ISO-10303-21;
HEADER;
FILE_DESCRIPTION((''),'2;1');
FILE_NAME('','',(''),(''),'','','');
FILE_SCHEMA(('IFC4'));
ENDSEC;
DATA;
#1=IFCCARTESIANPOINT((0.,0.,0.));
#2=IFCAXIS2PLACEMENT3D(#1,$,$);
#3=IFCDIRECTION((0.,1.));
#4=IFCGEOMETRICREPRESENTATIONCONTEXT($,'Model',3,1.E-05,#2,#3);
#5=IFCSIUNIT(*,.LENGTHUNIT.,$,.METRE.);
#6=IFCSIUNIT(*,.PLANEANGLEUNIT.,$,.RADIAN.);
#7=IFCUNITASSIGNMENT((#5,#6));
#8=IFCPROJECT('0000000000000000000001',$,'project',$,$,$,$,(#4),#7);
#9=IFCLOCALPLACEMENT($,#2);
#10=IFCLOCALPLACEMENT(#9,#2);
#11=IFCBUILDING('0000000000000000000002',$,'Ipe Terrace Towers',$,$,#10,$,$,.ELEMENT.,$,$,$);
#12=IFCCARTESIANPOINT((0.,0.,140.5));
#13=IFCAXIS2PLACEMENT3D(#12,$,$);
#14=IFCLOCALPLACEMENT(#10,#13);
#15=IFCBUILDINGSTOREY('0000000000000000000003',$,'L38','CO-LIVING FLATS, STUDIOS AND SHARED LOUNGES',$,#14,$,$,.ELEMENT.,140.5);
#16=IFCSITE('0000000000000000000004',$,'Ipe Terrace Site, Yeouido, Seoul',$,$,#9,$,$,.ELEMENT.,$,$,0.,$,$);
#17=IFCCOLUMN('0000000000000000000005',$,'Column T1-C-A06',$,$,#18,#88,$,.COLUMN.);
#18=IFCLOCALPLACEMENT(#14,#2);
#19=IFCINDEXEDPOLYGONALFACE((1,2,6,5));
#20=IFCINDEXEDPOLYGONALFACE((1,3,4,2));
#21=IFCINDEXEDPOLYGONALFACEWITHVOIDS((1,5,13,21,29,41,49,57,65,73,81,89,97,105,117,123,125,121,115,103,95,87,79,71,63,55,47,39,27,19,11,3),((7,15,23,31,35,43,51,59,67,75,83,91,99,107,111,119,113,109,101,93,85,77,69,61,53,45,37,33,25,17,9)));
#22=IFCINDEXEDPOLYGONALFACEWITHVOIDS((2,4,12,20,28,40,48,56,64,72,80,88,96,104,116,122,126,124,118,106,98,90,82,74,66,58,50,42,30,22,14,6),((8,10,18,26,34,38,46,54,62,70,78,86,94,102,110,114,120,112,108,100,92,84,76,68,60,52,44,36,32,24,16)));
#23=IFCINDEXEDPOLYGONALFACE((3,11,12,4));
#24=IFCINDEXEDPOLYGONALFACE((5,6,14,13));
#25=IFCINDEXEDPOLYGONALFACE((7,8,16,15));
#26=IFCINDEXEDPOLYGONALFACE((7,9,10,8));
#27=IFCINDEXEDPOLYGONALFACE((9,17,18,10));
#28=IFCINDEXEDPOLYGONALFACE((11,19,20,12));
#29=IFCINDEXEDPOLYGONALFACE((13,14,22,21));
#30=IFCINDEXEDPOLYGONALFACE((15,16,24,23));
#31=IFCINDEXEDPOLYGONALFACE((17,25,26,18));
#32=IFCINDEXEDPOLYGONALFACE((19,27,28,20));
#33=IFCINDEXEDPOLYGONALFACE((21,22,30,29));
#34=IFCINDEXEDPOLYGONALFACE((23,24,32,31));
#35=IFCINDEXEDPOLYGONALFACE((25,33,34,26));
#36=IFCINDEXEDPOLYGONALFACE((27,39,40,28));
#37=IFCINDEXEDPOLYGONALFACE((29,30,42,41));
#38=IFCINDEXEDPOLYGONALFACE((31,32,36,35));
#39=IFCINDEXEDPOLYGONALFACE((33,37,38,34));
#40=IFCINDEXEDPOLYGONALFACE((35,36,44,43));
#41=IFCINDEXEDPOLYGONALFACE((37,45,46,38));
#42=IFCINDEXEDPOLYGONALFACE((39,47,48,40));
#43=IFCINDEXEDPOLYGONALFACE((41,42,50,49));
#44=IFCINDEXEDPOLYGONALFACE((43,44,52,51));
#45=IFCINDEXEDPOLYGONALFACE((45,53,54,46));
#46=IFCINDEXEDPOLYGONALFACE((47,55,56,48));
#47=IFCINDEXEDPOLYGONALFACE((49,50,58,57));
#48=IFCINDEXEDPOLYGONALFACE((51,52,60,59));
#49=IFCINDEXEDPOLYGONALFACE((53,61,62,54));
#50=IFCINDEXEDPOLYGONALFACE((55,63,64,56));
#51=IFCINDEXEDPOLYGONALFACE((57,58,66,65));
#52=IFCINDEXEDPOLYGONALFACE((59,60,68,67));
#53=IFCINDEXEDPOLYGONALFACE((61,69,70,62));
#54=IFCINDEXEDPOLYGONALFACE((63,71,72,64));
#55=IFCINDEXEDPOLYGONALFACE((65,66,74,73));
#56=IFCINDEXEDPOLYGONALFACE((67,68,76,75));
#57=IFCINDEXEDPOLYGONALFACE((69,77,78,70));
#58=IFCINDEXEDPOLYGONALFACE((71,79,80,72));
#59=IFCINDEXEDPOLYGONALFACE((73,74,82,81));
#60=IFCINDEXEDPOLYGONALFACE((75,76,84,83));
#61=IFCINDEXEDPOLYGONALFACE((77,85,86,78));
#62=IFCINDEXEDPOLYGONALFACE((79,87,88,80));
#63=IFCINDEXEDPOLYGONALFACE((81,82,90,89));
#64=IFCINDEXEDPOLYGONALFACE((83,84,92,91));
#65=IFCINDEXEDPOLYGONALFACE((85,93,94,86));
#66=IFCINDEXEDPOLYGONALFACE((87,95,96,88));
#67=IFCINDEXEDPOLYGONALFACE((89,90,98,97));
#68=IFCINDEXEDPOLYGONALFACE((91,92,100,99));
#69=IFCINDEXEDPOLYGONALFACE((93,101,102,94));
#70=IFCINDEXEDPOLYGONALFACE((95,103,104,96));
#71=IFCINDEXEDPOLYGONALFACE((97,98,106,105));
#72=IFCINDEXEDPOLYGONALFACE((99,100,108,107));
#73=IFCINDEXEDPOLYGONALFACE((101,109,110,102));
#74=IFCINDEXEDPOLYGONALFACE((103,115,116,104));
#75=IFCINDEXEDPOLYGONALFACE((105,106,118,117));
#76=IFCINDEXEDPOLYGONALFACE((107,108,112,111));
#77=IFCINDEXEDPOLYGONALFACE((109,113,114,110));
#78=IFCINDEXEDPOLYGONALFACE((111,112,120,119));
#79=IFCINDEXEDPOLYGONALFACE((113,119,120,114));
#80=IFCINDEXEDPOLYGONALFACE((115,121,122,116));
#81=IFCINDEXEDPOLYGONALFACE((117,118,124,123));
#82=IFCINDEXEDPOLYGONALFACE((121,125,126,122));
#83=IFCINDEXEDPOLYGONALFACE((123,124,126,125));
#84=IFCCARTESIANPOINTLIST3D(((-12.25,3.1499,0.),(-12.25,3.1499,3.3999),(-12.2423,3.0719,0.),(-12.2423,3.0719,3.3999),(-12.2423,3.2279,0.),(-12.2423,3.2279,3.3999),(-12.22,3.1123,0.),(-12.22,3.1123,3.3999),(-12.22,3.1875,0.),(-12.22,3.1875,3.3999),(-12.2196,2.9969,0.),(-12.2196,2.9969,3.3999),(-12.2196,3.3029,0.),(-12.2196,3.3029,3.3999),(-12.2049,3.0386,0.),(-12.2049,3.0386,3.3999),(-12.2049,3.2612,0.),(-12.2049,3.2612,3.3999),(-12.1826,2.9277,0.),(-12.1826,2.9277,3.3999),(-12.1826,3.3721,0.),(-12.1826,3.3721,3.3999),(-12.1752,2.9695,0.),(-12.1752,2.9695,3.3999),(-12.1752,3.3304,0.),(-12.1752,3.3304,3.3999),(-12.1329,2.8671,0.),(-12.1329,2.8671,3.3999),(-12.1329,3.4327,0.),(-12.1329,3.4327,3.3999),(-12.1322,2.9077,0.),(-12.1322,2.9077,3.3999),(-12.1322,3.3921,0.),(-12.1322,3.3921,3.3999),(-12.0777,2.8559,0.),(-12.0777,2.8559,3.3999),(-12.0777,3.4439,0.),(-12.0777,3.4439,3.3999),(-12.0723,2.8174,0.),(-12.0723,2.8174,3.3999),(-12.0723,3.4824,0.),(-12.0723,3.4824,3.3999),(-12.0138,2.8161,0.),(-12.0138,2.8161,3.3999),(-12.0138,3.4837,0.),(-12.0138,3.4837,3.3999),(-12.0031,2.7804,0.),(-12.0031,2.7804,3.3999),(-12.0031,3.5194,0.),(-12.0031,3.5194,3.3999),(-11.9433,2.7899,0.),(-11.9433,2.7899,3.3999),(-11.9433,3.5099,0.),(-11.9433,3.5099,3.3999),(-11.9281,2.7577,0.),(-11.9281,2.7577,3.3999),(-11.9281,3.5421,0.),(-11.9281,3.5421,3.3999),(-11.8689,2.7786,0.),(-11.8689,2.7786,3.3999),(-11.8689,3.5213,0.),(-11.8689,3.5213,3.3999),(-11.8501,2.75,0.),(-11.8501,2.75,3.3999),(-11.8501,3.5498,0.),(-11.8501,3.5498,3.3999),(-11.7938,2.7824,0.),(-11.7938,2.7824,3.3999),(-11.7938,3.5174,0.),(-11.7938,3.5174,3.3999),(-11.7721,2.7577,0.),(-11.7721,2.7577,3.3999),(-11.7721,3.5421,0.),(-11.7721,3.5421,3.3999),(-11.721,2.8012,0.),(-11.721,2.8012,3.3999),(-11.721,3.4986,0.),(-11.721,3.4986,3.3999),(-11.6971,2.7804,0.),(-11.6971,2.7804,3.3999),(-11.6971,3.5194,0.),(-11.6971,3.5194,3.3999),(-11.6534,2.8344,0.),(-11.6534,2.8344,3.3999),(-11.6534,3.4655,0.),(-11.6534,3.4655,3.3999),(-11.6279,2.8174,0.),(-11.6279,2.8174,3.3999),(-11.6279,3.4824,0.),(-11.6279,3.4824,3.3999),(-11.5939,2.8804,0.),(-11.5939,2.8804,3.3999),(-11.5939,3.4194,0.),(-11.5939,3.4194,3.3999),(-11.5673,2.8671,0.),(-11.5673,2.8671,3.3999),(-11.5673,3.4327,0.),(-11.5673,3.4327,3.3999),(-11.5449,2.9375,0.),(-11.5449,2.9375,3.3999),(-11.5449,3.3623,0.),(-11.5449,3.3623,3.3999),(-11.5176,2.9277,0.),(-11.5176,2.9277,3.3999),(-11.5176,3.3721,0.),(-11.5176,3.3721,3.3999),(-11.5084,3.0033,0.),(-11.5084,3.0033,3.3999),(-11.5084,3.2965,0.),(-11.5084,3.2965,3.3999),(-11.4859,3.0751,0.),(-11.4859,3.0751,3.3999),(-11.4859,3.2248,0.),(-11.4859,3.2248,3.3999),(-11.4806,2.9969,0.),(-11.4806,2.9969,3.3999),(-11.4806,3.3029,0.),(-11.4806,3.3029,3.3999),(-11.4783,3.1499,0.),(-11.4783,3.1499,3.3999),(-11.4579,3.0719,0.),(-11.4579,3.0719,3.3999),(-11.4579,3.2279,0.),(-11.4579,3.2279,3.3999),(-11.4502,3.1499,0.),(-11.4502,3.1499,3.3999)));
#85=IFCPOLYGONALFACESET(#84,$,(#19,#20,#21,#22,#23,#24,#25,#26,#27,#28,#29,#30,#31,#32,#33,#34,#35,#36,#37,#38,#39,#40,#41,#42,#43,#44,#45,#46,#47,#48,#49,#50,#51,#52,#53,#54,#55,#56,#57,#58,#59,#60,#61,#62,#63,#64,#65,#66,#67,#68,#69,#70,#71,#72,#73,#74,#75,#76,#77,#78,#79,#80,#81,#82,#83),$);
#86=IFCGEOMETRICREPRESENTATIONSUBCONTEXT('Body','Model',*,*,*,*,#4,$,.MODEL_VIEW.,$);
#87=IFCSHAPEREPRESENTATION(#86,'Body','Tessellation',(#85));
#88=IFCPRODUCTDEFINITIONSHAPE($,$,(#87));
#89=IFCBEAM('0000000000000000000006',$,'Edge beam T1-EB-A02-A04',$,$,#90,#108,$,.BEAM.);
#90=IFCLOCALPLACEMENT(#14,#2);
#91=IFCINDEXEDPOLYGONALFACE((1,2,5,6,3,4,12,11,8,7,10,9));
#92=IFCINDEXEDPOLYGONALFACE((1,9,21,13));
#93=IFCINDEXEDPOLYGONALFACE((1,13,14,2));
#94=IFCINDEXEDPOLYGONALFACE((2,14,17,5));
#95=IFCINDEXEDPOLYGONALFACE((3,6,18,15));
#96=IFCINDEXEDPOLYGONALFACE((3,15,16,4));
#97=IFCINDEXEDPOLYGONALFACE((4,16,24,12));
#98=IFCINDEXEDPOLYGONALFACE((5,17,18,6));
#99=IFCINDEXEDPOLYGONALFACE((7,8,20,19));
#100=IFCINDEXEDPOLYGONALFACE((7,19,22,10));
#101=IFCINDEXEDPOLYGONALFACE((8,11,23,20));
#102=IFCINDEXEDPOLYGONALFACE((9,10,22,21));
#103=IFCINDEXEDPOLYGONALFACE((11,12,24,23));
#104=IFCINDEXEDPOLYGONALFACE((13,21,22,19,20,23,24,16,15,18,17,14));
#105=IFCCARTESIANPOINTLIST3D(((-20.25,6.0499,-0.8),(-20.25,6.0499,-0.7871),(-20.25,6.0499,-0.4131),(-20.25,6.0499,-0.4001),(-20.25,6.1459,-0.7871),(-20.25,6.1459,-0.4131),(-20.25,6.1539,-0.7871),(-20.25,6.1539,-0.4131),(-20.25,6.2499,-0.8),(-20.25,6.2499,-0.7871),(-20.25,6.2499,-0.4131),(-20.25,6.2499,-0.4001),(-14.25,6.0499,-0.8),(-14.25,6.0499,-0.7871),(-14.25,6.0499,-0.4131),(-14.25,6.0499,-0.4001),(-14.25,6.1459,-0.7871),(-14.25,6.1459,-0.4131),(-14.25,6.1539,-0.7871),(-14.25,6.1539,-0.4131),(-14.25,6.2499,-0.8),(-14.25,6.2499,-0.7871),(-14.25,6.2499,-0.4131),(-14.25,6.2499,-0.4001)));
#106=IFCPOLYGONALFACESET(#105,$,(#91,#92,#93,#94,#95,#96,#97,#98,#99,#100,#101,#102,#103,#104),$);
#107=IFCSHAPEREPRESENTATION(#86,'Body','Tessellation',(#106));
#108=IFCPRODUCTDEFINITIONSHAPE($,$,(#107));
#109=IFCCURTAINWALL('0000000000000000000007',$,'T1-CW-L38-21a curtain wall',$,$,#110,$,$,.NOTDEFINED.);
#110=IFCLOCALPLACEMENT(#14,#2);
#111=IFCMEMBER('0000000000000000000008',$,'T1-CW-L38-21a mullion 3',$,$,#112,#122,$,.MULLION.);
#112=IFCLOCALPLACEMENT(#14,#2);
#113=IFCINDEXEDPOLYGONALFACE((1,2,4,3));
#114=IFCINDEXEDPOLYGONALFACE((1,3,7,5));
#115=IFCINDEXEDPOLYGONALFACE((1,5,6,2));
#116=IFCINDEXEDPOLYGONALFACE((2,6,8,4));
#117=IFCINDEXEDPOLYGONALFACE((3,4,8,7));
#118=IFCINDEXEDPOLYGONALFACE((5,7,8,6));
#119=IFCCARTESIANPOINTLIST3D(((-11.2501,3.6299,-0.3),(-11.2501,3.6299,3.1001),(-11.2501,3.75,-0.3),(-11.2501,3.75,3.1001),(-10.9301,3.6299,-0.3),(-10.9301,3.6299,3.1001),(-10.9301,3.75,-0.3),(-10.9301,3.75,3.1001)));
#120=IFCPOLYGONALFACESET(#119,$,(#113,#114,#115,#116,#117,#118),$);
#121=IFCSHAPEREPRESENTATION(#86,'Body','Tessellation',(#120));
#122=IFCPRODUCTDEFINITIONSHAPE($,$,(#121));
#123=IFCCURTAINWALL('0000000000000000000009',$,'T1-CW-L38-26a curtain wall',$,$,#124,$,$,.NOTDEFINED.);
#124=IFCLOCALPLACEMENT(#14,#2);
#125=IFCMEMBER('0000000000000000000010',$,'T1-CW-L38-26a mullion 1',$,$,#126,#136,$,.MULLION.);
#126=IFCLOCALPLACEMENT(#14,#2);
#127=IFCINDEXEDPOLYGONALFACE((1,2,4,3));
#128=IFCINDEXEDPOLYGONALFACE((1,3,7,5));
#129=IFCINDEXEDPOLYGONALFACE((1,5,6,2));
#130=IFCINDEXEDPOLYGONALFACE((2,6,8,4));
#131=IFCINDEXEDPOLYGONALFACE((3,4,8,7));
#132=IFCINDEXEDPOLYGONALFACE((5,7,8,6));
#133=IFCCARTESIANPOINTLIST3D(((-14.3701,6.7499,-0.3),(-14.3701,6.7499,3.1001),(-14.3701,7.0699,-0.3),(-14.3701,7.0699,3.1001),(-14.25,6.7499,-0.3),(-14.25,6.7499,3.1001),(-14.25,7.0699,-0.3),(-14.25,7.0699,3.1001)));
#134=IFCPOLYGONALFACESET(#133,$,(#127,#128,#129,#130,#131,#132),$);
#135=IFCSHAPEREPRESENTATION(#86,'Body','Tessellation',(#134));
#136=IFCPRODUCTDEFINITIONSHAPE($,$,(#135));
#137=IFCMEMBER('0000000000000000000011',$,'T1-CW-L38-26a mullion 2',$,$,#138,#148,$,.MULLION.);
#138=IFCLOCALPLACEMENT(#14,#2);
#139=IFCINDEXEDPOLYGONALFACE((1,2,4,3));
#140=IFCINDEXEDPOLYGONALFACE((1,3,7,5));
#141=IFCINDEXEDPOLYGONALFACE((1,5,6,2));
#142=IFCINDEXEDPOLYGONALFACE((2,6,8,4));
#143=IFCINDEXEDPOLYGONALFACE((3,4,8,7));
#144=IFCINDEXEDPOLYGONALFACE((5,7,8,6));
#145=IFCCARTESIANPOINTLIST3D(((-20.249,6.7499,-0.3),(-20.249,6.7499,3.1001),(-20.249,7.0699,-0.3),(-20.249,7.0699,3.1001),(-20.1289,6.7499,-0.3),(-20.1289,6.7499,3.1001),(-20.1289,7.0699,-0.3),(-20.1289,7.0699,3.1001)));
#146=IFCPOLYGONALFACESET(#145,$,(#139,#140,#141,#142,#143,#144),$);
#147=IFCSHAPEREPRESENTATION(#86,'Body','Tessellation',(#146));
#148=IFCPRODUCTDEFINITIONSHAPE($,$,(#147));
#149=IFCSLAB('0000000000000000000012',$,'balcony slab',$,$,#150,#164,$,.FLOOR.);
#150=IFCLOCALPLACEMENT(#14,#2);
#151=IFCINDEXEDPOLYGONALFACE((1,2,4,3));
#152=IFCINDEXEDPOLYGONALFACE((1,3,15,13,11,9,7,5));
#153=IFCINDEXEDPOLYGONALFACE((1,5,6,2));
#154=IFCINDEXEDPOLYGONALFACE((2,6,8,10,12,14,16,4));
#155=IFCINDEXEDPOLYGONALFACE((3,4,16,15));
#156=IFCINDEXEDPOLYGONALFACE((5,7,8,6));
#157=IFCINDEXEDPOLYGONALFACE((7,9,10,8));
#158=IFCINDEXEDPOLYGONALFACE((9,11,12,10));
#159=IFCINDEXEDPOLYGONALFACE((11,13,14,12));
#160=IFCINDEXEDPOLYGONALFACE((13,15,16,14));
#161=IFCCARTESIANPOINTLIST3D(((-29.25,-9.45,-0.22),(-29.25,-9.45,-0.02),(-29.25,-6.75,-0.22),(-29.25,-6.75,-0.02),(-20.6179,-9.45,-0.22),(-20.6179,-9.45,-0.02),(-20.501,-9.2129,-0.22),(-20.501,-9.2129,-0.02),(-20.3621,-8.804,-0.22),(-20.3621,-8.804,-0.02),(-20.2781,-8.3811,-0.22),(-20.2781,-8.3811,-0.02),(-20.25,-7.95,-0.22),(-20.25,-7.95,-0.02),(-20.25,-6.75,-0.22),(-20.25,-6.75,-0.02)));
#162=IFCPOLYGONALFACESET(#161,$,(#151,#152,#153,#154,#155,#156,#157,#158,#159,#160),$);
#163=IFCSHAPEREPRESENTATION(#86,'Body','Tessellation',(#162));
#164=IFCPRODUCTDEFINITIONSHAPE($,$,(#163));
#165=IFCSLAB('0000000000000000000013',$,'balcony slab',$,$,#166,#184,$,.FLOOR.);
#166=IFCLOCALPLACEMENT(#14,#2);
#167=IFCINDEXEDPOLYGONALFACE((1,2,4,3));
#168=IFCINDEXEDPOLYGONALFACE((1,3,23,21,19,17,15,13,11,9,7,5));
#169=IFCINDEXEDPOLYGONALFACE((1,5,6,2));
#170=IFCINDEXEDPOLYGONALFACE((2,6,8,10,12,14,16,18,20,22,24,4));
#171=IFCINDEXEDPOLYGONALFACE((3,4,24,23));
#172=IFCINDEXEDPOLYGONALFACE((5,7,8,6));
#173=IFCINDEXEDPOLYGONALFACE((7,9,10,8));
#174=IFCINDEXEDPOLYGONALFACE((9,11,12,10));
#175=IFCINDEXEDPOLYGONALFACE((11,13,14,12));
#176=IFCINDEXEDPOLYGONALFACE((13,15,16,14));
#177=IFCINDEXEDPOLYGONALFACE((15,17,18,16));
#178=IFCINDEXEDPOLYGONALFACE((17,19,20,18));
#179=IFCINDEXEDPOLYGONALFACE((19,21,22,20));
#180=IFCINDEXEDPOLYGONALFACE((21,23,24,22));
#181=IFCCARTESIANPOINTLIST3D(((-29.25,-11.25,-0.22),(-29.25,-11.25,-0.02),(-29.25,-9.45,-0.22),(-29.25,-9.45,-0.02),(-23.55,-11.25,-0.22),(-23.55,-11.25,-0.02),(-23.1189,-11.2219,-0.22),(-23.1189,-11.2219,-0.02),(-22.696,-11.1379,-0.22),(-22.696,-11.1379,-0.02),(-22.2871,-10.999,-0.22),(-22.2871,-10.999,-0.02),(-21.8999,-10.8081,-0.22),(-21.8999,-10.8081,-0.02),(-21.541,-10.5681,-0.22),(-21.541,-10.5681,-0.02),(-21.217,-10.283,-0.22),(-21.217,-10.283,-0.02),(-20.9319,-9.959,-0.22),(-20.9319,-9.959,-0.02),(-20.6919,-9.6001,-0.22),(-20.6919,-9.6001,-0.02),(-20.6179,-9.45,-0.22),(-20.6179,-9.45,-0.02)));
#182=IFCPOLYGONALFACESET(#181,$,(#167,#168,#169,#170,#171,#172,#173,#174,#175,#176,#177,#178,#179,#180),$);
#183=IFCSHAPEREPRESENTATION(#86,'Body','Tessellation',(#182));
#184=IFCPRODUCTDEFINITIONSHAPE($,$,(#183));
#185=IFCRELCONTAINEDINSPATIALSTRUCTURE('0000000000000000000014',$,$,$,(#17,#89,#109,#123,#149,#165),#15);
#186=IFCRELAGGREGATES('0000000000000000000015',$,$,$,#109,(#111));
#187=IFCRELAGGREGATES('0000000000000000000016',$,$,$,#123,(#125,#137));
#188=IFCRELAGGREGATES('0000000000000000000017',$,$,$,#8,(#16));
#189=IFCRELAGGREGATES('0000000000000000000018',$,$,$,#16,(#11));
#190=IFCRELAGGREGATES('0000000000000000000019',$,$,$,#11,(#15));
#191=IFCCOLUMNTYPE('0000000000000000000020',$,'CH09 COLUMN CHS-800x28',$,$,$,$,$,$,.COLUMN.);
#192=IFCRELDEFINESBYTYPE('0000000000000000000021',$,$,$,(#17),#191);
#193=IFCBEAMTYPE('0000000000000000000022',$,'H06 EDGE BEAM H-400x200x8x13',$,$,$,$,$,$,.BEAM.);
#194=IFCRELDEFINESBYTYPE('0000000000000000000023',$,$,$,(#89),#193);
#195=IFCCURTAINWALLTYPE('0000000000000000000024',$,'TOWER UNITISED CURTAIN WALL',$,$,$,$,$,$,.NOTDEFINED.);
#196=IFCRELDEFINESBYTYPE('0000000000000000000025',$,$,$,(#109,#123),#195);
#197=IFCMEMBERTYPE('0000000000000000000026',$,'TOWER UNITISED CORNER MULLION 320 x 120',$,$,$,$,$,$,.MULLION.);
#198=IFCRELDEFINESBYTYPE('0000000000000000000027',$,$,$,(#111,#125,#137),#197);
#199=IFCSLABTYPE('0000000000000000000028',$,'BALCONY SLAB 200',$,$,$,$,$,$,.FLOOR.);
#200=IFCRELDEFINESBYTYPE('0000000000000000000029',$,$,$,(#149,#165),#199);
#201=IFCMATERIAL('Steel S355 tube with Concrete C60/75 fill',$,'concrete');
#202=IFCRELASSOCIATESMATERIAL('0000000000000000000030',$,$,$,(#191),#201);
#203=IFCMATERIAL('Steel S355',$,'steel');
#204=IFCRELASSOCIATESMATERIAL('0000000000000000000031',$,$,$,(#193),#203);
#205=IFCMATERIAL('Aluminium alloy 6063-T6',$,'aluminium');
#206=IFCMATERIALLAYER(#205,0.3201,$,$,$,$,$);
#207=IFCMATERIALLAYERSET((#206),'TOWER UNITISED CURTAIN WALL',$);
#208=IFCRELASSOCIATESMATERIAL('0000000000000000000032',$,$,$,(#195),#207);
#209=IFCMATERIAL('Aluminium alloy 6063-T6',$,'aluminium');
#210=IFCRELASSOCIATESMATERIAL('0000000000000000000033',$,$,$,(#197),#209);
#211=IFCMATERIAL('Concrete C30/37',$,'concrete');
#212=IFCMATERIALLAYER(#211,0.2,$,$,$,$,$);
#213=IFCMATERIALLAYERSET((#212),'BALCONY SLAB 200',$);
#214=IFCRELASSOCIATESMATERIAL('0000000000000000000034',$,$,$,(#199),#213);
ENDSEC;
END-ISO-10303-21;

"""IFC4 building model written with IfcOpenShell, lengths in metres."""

from ifc_helpers import new_model, si_unit, direction, frame, origin, origin_2d, place, context, subcontext, project, spatial, polyline, rectangle, hollow_circle, i_section, outline, extrude, material, layer, layer_set, material_profile, profile_set, type_object, element, aggregate, save


model = new_model("IFC4")

# Units and contexts
model_context = context("Model", 3, precision=1e-05, world=origin(), true_north=direction((0.0, 1.0)))
body_context = subcontext(model_context, "Body", "Model", "MODEL_VIEW")
ifc_project = project(units=[si_unit("LENGTHUNIT", "METRE"), si_unit("PLANEANGLEUNIT", "RADIAN")], contexts=[model_context])

# Site, building, storey
site_placement = place(None, origin())
site = spatial("IfcSite", under=ifc_project, at=site_placement, Name="Ipe Terrace Site, Yeouido, Seoul", CompositionType="ELEMENT", RefElevation=0.0)
building_placement = place(site_placement, origin())
building = spatial("IfcBuilding", under=site, at=building_placement, Name="Ipe Terrace Towers", CompositionType="ELEMENT")
storey_placement = place(building_placement, frame((0.0, 0.0, 140.5)))
storey = spatial("IfcBuildingStorey", under=building, at=storey_placement, Name="L38", Description="CO-LIVING FLATS, STUDIOS AND SHARED LOUNGES", CompositionType="ELEMENT", Elevation=140.5)

# Column
ifc_material_1 = material(Name="Steel S355 tube with Concrete C60/75 fill", Category="concrete")
ifc_material_profile_1 = material_profile(ifc_material_1, hollow_circle(Radius=0.3999, WallThickness=0.0281, at=origin_2d()), Name="CHS-800x28")
ifc_profile_set_1 = profile_set([ifc_material_profile_1], Name="Steel S355 tube with Concrete C60/75 fill")
column_type = type_object("IfcColumnType", Name="CH09 COLUMN CHS-800x28", PredefinedType="COLUMN", material=ifc_profile_set_1)
for number, where, z_axis, x_axis, name in (
    (1, (-11.8501, 3.1499, 0.0), (0.0, 0.0, 1.0), (1.0, 0.0, 0.0), "Column T1-C-A06"),
):
    element("IfcColumn", number, at=place(storey_placement, frame(where, z_axis=z_axis, x_axis=x_axis)), inside=storey, type_object=column_type, Name=name, PredefinedType="COLUMN", context=body_context, shape_type="SweptSolid", body=[
        extrude(hollow_circle(Radius=0.3999, WallThickness=0.0281, at=origin_2d()), origin(), (0.0, 0.0, 1.0), 3.3999),
    ])

# Beam
ifc_material_2 = material(Name="Steel S355", Category="steel")
ifc_material_profile_2 = material_profile(ifc_material_2, i_section(OverallWidth=0.2, OverallDepth=0.3999, WebThickness=0.0081, FlangeThickness=0.0129, at=origin_2d()), Name="H-400x200x8x13")
ifc_profile_set_2 = profile_set([ifc_material_profile_2], Name="Steel S355")
beam_type = type_object("IfcBeamType", Name="H06 EDGE BEAM H-400x200x8x13", PredefinedType="BEAM", material=ifc_profile_set_2)
beam_placement = place(storey_placement, frame((-20.25, 6.1499, -0.6001), z_axis=(1.0, 0.0, 0.0), x_axis=(0.0, 1.0, 0.0)))
element("IfcBeam", 2, at=beam_placement, inside=storey, type_object=beam_type, Name="Edge beam T1-EB-A02-A04", PredefinedType="BEAM", context=body_context, shape_type="SweptSolid", body=[
    extrude(i_section(OverallWidth=0.2, OverallDepth=0.3999, WebThickness=0.0081, FlangeThickness=0.0129, at=origin_2d()), origin(), (0.0, 0.0, 1.0), 6.0),
])

# Curtain wall, member
ifc_material_3 = material(Name="Aluminium alloy 6063-T6", Category="aluminium")
ifc_layer_1 = layer(ifc_material_3, 0.3201)
ifc_layer_set_1 = layer_set([ifc_layer_1], Name="TOWER UNITISED CURTAIN WALL")
curtain_wall_type = type_object("IfcCurtainWallType", Name="TOWER UNITISED CURTAIN WALL", PredefinedType="NOTDEFINED", material=ifc_layer_set_1)
curtain_wall_1_placement = place(storey_placement, origin())
curtain_wall_1 = element("IfcCurtainWall", 3, at=curtain_wall_1_placement, inside=storey, type_object=curtain_wall_type, Name="T1-CW-L38-21a curtain wall", PredefinedType="NOTDEFINED")
ifc_material_4 = material(Name="Aluminium alloy 6063-T6", Category="aluminium")
ifc_material_profile_3 = material_profile(ifc_material_4, rectangle(XDim=0.3201, YDim=0.1201, at=origin_2d()), Name="TOWER UNITISED CORNER MULLION 320 x 120")
ifc_profile_set_3 = profile_set([ifc_material_profile_3], Name="Aluminium alloy 6063-T6")
member_type = type_object("IfcMemberType", Name="TOWER UNITISED CORNER MULLION 320 x 120", PredefinedType="MULLION", material=ifc_profile_set_3)
member_1_placement = place(storey_placement, frame((-11.0901, 3.6899, -0.3), z_axis=(0.0, 0.0, 1.0), x_axis=(1.0, 0.0, 0.0)))
member_1 = element("IfcMember", 4, at=member_1_placement, type_object=member_type, Name="T1-CW-L38-21a mullion 3", PredefinedType="MULLION", context=body_context, shape_type="SweptSolid", body=[
    extrude(rectangle(XDim=0.3201, YDim=0.1201, at=origin_2d()), origin(), (0.0, 0.0, 1.0), 3.4001),
])

# Curtain wall, members
curtain_wall_2_placement = place(storey_placement, origin())
curtain_wall_2 = element("IfcCurtainWall", 5, at=curtain_wall_2_placement, inside=storey, type_object=curtain_wall_type, Name="T1-CW-L38-26a curtain wall", PredefinedType="NOTDEFINED")
member_2_placement = place(storey_placement, frame((-14.3101, 6.9099, -0.3), z_axis=(0.0, 0.0, 1.0), x_axis=(0.0, 1.0, 0.0)))
member_2 = element("IfcMember", 6, at=member_2_placement, type_object=member_type, Name="T1-CW-L38-26a mullion 1", PredefinedType="MULLION", context=body_context, shape_type="SweptSolid", body=[
    extrude(rectangle(XDim=0.3201, YDim=0.1201, at=origin_2d()), origin(), (0.0, 0.0, 1.0), 3.4001),
])
member_3_placement = place(storey_placement, frame((-20.189, 6.9099, -0.3), z_axis=(0.0, 0.0, 1.0), x_axis=(0.0, 1.0, 0.0)))
member_3 = element("IfcMember", 7, at=member_3_placement, type_object=member_type, Name="T1-CW-L38-26a mullion 2", PredefinedType="MULLION", context=body_context, shape_type="SweptSolid", body=[
    extrude(rectangle(XDim=0.3201, YDim=0.1201, at=origin_2d()), origin(), (0.0, 0.0, 1.0), 3.4001),
])

# Slabs
ifc_material_5 = material(Name="Concrete C30/37", Category="concrete")
ifc_layer_2 = layer(ifc_material_5, 0.2)
ifc_layer_set_2 = layer_set([ifc_layer_2], Name="BALCONY SLAB 200")
slab_type_1 = type_object("IfcSlabType", Name="BALCONY SLAB 200", PredefinedType="FLOOR", material=ifc_layer_set_2)
slab_1_placement = place(storey_placement, frame((0.0, 0.0, -0.22)))
element("IfcSlab", 8, at=slab_1_placement, inside=storey, type_object=slab_type_1, Name="balcony slab", PredefinedType="FLOOR", context=body_context, shape_type="SweptSolid", body=[
    extrude(outline(polyline([(-20.501, -9.2129), (-20.3621, -8.804), (-20.2781, -8.3811), (-20.25, -7.95), (-20.25, -6.75), (-29.25, -6.75), (-29.25, -9.45), (-20.6179, -9.45), (-20.501, -9.2129)])), origin(), (0.0, 0.0, 1.0), 0.2),
])
slab_2_placement = place(storey_placement, frame((0.0, 0.0, -0.22)))
element("IfcSlab", 9, at=slab_2_placement, inside=storey, type_object=slab_type_1, Name="balcony slab", PredefinedType="FLOOR", context=body_context, shape_type="SweptSolid", body=[
    extrude(outline(polyline([(-29.25, -11.25), (-23.55, -11.25), (-23.1189, -11.2219), (-22.696, -11.1379), (-22.2871, -10.999), (-21.8999, -10.8081), (-21.541, -10.5681), (-21.217, -10.283), (-20.9319, -9.959), (-20.6919, -9.6001), (-20.6179, -9.45), (-29.25, -9.45), (-29.25, -11.25)])), origin(), (0.0, 0.0, 1.0), 0.2),
])

aggregate(curtain_wall_1, [member_1])
aggregate(curtain_wall_2, [member_2, member_3])

save(model, "model.ifc")
